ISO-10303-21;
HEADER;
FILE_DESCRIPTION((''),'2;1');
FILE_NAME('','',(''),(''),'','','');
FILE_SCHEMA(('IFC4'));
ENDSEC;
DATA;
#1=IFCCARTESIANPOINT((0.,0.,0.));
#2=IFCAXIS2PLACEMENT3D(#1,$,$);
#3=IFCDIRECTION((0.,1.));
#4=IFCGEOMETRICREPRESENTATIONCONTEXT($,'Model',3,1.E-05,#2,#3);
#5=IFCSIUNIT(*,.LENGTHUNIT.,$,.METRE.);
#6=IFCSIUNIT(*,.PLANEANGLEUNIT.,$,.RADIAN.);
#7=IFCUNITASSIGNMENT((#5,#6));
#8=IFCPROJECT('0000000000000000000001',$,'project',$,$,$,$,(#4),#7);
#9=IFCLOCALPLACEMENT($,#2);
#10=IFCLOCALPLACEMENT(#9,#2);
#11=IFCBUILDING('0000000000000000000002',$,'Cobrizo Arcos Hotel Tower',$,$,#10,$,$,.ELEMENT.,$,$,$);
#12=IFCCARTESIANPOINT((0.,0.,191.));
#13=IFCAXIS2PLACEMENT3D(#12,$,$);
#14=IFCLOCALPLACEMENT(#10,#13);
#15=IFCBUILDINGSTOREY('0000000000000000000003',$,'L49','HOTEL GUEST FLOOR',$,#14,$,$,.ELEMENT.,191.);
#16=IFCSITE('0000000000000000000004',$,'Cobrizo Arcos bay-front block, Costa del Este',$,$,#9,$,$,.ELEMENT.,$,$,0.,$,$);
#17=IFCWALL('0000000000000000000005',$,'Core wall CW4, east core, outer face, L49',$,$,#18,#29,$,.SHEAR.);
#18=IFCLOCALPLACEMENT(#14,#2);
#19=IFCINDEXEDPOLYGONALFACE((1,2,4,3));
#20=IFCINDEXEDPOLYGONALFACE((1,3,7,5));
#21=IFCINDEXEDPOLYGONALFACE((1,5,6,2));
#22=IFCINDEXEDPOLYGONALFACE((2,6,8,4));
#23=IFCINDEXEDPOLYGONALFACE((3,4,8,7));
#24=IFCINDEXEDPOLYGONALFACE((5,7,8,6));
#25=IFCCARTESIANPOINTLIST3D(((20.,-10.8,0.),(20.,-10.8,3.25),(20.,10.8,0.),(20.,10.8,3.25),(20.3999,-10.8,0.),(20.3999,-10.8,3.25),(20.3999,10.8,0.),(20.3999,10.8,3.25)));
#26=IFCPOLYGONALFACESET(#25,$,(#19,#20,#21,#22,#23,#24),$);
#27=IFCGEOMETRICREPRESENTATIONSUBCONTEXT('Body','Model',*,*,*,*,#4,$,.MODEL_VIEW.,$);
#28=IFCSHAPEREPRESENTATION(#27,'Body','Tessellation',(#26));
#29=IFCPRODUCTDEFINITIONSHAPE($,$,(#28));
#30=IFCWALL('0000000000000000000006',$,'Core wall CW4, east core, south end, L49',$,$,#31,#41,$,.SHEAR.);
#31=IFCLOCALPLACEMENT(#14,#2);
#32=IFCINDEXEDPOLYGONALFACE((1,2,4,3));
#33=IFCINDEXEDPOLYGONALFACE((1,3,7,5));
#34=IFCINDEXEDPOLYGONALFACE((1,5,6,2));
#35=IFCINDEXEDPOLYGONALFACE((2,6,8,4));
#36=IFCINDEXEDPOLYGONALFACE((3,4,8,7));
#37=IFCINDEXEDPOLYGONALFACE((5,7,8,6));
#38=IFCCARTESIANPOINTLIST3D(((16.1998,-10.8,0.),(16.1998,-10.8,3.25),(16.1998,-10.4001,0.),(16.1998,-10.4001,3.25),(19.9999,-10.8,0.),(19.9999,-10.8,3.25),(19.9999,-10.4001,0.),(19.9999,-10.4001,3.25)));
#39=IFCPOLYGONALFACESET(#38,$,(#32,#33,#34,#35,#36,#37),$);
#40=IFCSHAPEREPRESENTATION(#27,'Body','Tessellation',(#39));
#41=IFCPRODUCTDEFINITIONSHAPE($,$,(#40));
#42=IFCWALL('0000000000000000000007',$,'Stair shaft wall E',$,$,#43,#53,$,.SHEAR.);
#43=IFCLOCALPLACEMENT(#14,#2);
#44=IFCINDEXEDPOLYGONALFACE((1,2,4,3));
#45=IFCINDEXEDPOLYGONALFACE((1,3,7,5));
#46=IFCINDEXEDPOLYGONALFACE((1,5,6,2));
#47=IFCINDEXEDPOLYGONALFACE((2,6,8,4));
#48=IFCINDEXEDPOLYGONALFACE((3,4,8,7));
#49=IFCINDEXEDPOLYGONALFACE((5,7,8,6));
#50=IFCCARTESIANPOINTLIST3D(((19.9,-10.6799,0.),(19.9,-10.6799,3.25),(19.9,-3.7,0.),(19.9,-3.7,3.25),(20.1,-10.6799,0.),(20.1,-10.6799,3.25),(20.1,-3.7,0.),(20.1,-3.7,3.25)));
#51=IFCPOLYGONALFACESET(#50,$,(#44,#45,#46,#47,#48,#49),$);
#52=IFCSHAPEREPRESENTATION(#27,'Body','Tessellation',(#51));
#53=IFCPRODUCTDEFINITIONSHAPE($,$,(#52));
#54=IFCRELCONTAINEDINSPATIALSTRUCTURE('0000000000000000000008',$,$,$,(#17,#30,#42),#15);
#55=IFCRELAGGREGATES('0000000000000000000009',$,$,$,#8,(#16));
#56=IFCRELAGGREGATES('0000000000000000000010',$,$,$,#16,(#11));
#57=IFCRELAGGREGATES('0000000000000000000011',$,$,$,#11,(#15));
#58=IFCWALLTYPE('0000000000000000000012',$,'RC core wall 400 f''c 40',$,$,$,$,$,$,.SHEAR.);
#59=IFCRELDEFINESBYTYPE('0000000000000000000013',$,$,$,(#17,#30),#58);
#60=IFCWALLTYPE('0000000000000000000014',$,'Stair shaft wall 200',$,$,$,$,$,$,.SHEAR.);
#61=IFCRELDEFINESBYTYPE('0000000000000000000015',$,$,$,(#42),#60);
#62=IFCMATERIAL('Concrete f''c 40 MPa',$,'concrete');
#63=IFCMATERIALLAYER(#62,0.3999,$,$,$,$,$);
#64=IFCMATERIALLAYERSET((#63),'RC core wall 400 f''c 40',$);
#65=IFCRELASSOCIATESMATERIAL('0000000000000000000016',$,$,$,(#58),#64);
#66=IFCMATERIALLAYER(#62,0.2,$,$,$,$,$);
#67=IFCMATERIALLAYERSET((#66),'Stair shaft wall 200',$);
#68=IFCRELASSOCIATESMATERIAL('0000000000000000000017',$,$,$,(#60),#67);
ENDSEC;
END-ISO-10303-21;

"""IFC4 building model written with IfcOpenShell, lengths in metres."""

from ifc_helpers import new_model, si_unit, direction, frame, frame_2d, origin, place, context, subcontext, project, spatial, rectangle, extrude, material, layer, layer_set, type_object, element, save


model = new_model("IFC4")

# Units and contexts
model_context = context("Model", 3, precision=1e-05, world=origin(), true_north=direction((0.0, 1.0)))
body_context = subcontext(model_context, "Body", "Model", "MODEL_VIEW")
ifc_project = project(units=[si_unit("LENGTHUNIT", "METRE"), si_unit("PLANEANGLEUNIT", "RADIAN")], contexts=[model_context])

# Site, building, storey
site_placement = place(None, origin())
site = spatial("IfcSite", under=ifc_project, at=site_placement, Name="Cobrizo Arcos bay-front block, Costa del Este", CompositionType="ELEMENT", RefElevation=0.0)
building_placement = place(site_placement, origin())
building = spatial("IfcBuilding", under=site, at=building_placement, Name="Cobrizo Arcos Hotel Tower", CompositionType="ELEMENT")
storey_placement = place(building_placement, frame((0.0, 0.0, 191.0)))
storey = spatial("IfcBuildingStorey", under=building, at=storey_placement, Name="L49", Description="HOTEL GUEST FLOOR", CompositionType="ELEMENT", Elevation=191.0)

# Shared definitions
ifc_material_1 = material(Name="Concrete f'c 40 MPa", Category="concrete")
ifc_layer_1 = layer(ifc_material_1, 0.3999)
ifc_layer_set_1 = layer_set([ifc_layer_1], Name="RC core wall 400 f'c 40")
wall_type_1 = type_object("IfcWallType", Name="RC core wall 400 f'c 40", PredefinedType="SHEAR", material=ifc_layer_set_1)

# Walls
wall_1_placement = place(storey_placement, frame((20.2, -10.8, 0.0), z_axis=(0.0, 0.0, 1.0), x_axis=(0.0, 1.0, 0.0)))
element("IfcWall", 1, at=wall_1_placement, inside=storey, type_object=wall_type_1, Name="Core wall CW4, east core, outer face, L49", PredefinedType="SHEAR", context=body_context, shape_type="SweptSolid", body=[
    extrude(rectangle(XDim=21.6001, YDim=0.3999, at=frame_2d((10.8, 0.0))), origin(), (0.0, 0.0, 1.0), 3.25),
])
wall_2_placement = place(storey_placement, frame((16.2, -10.6001, 0.0), z_axis=(0.0, 0.0, 1.0), x_axis=(1.0, 0.0, 0.0)))
element("IfcWall", 2, at=wall_2_placement, inside=storey, type_object=wall_type_1, Name="Core wall CW4, east core, south end, L49", PredefinedType="SHEAR", context=body_context, shape_type="SweptSolid", body=[
    extrude(rectangle(XDim=3.8, YDim=0.3999, at=frame_2d((1.8999, 0.0))), origin(), (0.0, 0.0, 1.0), 3.25),
])
ifc_layer_2 = layer(ifc_material_1, 0.2)
ifc_layer_set_2 = layer_set([ifc_layer_2], Name="Stair shaft wall 200")
wall_type_2 = type_object("IfcWallType", Name="Stair shaft wall 200", PredefinedType="SHEAR", material=ifc_layer_set_2)
wall_3_placement = place(storey_placement, frame((20.0, -10.6799, 0.0), z_axis=(0.0, 0.0, 1.0), x_axis=(0.0, 1.0, 0.0)))
element("IfcWall", 3, at=wall_3_placement, inside=storey, type_object=wall_type_2, Name="Stair shaft wall E", PredefinedType="SHEAR", context=body_context, shape_type="SweptSolid", body=[
    extrude(rectangle(XDim=6.98, YDim=0.2, at=frame_2d((3.49, 0.0))), origin(), (0.0, 0.0, 1.0), 3.25),
])

save(model, "model.ifc")
